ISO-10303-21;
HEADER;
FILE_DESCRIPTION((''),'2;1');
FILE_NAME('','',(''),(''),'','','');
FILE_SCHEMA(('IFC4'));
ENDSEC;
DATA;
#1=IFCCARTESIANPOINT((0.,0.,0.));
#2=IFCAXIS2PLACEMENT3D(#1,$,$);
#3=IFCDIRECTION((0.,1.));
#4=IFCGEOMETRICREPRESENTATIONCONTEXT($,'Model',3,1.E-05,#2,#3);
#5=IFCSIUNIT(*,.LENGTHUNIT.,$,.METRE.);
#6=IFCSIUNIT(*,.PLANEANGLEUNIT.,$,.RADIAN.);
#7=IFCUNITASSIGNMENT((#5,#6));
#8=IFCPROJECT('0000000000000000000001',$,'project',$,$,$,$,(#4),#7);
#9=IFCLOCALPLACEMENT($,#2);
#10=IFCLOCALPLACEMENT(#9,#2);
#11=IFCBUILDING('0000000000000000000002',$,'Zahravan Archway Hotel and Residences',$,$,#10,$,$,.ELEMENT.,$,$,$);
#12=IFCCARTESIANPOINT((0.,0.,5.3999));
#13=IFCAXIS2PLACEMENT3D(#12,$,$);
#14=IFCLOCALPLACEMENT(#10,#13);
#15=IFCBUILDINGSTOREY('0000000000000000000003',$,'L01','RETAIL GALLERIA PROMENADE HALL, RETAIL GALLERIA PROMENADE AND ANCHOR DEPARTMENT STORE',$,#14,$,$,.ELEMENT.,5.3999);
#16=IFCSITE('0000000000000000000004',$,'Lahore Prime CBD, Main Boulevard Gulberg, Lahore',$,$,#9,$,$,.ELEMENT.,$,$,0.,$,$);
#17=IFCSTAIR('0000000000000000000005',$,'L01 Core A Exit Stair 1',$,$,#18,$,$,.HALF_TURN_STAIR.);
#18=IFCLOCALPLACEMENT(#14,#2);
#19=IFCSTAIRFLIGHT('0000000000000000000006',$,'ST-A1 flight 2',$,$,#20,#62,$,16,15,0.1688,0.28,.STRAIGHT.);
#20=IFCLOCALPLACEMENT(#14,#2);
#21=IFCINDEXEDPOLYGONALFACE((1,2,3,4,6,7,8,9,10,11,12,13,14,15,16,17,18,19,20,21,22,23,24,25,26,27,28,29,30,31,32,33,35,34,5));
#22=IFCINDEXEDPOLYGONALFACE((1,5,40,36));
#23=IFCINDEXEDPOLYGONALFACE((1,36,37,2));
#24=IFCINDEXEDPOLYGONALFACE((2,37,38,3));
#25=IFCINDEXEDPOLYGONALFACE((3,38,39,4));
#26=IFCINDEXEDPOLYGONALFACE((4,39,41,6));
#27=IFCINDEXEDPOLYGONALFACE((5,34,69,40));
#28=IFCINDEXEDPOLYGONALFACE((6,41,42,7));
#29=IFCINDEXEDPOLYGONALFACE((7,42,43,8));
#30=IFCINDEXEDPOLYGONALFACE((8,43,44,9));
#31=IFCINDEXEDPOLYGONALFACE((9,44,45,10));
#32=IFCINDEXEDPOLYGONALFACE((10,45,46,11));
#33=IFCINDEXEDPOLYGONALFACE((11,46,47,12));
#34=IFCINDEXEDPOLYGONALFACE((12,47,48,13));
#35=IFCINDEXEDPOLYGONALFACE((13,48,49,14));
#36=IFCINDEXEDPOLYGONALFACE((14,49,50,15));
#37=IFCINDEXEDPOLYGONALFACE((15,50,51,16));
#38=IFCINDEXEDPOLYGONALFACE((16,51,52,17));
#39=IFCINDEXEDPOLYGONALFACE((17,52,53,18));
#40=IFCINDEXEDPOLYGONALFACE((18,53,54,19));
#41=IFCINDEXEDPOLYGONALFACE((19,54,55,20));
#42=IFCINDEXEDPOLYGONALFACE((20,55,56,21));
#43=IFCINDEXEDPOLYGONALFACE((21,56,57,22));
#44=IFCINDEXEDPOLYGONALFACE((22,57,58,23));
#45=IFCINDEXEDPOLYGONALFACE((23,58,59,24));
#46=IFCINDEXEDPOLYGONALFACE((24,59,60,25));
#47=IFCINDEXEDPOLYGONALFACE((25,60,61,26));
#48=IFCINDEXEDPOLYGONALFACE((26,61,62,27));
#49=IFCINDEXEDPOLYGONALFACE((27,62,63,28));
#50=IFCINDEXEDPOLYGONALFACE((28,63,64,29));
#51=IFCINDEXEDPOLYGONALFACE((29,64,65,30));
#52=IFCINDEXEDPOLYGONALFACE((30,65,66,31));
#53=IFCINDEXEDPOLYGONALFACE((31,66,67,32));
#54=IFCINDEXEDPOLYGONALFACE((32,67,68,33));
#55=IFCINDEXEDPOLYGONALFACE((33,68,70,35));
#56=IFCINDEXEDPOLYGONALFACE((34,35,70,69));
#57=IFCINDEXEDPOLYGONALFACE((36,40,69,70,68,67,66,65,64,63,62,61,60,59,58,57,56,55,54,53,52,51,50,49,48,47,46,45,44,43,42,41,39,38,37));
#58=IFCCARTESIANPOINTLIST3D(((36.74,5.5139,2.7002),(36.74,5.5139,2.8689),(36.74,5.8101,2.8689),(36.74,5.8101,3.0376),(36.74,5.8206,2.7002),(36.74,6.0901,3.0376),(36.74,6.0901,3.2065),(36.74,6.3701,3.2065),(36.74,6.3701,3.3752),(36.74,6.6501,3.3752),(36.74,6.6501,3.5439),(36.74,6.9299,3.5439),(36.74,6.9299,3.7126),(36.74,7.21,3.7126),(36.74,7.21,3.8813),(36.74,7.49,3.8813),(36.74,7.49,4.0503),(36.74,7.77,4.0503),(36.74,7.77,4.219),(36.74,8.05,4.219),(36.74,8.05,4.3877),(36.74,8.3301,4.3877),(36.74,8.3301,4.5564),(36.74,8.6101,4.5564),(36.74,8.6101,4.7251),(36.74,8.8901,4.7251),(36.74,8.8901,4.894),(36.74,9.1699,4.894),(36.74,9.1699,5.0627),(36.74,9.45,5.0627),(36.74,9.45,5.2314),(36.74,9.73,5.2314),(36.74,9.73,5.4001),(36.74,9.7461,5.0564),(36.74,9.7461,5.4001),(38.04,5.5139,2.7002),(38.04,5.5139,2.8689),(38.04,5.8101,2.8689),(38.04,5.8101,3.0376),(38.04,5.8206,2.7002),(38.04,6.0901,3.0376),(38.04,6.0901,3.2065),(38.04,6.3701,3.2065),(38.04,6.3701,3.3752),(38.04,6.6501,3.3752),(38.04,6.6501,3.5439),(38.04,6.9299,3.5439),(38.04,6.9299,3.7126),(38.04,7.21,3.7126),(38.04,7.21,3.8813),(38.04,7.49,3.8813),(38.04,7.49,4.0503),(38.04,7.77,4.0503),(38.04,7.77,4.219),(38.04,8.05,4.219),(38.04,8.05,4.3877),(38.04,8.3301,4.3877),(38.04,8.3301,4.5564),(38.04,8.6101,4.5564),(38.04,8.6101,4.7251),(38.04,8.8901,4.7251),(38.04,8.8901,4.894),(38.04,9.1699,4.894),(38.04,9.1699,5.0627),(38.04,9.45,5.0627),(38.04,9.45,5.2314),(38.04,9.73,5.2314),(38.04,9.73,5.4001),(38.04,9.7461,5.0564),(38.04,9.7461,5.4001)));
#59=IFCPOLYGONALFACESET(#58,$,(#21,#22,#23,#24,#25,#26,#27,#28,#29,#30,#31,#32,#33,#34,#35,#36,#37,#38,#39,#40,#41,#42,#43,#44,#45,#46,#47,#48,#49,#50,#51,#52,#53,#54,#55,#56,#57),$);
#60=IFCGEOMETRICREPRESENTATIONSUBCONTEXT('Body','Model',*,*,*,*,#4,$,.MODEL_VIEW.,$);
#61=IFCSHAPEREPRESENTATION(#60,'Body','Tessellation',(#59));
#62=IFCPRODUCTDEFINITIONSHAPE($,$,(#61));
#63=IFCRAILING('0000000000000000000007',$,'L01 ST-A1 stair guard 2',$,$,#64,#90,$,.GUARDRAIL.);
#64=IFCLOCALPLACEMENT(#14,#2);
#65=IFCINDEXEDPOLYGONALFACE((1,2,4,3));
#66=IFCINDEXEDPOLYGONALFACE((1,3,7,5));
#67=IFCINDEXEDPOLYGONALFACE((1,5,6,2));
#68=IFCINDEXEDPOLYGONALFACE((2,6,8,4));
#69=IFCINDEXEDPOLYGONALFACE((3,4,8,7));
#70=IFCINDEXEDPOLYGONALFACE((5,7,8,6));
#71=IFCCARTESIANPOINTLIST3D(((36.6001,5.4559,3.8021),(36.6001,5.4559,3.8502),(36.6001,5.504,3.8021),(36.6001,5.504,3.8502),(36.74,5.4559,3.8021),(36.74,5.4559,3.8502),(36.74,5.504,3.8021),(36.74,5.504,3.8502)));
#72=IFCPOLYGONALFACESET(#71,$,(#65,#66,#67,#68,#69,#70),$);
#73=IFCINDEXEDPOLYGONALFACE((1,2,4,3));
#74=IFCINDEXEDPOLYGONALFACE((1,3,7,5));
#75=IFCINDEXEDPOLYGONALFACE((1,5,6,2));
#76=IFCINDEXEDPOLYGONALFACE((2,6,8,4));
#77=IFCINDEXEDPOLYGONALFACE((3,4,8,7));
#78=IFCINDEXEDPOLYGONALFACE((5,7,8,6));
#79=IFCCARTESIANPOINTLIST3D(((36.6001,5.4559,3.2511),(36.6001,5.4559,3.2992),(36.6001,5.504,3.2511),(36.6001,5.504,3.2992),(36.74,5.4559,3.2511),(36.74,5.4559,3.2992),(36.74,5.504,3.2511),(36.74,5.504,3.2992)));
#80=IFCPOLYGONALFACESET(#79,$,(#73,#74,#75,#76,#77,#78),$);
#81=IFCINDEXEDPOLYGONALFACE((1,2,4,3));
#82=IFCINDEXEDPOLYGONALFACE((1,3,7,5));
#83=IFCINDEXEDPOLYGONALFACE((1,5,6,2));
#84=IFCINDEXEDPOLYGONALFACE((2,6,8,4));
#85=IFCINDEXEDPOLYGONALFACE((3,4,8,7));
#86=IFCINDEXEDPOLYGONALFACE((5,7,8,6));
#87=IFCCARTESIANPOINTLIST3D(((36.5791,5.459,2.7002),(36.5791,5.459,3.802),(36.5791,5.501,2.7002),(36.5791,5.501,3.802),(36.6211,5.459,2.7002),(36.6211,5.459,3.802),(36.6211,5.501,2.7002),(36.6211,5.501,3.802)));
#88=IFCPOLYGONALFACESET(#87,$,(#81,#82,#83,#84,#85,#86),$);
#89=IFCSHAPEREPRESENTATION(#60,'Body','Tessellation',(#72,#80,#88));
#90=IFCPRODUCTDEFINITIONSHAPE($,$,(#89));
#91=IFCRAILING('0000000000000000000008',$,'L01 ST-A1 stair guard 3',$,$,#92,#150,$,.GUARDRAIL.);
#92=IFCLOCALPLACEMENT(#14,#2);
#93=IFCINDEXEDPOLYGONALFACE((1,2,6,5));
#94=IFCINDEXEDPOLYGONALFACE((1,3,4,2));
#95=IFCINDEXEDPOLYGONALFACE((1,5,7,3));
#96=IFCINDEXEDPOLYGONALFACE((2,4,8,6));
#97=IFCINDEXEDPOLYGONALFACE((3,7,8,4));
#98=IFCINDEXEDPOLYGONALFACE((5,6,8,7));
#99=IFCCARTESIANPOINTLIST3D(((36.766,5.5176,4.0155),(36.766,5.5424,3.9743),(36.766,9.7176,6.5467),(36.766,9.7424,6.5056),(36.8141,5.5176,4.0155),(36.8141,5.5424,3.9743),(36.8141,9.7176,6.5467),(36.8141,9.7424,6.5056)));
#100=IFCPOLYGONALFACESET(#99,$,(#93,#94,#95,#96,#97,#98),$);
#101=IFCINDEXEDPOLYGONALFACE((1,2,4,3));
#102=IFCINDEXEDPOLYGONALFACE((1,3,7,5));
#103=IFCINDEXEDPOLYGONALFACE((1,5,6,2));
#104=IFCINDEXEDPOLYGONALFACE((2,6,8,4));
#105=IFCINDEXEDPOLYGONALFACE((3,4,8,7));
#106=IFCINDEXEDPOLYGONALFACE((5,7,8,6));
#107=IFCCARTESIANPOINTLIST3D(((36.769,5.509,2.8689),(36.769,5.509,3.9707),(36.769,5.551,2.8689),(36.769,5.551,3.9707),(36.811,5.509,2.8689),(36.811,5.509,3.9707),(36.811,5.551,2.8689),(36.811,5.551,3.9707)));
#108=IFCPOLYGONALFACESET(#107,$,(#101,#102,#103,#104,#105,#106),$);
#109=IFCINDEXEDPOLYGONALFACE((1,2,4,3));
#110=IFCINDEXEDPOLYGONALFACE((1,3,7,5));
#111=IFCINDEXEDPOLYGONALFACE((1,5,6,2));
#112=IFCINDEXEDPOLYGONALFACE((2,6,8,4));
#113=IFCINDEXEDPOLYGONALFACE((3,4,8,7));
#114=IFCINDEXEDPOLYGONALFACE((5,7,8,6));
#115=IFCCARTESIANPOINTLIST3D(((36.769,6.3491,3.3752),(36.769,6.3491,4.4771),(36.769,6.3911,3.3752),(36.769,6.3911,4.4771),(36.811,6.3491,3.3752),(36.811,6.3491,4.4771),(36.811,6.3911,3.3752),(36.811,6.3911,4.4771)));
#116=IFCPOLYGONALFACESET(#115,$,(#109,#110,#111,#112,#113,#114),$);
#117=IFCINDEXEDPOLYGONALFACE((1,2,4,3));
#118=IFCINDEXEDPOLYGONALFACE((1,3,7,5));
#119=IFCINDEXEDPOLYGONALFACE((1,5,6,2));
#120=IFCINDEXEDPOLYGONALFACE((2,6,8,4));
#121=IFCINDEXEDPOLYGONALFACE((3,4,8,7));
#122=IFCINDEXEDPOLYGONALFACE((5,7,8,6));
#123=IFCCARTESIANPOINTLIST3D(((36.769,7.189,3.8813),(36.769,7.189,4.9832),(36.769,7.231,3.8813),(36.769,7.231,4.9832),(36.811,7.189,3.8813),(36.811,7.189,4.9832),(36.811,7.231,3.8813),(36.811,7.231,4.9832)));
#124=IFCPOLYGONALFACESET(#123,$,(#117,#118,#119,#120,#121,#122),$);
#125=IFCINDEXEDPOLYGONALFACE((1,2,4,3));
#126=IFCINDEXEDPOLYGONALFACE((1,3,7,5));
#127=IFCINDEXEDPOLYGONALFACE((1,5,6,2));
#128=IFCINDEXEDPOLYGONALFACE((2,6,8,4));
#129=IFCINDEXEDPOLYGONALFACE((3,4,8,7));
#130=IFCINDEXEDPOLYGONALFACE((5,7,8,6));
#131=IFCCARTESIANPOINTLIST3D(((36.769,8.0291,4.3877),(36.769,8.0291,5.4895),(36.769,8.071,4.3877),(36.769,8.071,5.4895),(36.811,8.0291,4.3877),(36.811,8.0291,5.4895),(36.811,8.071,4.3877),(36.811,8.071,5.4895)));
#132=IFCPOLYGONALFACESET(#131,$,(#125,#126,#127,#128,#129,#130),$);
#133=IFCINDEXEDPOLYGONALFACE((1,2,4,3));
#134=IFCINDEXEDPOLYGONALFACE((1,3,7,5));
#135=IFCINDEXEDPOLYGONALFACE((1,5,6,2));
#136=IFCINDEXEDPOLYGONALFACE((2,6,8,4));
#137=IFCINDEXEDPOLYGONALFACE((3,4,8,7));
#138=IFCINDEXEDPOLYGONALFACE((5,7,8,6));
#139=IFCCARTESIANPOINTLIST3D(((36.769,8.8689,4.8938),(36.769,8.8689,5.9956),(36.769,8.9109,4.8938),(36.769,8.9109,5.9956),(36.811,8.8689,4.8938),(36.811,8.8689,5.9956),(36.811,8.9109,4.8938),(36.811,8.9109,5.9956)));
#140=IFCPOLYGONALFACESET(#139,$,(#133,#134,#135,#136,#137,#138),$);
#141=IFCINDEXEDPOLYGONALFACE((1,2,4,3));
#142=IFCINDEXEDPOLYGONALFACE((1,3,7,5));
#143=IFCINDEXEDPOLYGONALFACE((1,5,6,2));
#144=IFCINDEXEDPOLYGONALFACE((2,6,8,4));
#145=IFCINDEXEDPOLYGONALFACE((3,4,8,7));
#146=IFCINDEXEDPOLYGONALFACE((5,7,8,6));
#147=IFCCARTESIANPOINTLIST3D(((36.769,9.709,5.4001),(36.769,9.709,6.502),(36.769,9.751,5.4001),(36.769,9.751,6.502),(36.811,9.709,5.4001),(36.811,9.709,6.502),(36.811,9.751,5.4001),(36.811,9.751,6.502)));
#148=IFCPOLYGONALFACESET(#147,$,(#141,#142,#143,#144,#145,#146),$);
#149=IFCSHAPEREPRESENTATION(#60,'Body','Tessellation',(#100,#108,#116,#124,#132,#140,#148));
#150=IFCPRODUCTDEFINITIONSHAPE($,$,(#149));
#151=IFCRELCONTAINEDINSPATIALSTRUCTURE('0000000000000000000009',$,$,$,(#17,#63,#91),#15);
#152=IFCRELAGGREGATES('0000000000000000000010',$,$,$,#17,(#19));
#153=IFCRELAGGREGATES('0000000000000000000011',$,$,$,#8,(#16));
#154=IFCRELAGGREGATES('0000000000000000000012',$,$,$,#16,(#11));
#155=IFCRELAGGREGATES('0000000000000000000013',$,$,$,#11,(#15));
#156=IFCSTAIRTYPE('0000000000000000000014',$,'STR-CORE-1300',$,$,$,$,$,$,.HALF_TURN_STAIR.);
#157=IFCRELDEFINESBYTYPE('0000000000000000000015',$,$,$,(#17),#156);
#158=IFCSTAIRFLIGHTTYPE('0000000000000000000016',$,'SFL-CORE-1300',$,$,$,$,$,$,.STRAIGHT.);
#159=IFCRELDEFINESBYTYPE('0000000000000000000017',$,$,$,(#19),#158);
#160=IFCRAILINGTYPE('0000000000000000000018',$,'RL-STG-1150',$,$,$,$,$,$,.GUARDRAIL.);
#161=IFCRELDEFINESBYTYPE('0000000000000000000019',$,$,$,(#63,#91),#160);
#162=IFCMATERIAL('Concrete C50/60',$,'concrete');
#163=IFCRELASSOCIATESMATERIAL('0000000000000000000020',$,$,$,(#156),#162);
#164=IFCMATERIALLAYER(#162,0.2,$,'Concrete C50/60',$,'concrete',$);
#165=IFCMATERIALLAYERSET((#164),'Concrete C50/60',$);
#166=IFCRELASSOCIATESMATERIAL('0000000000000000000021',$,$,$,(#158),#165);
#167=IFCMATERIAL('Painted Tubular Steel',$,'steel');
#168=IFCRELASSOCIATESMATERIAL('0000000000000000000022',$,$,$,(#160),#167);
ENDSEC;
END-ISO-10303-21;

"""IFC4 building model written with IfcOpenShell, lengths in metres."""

from ifc_helpers import new_model, si_unit, direction, frame, origin, origin_2d, place, context, subcontext, project, spatial, polyline, rectangle, outline, extrude, source, transform, mapped, material, layer, layer_set, type_object, element, aggregate, save


model = new_model("IFC4")

# Units and contexts
model_context = context("Model", 3, precision=1e-05, world=origin(), true_north=direction((0.0, 1.0)))
body_context = subcontext(model_context, "Body", "Model", "MODEL_VIEW")
ifc_project = project(units=[si_unit("LENGTHUNIT", "METRE"), si_unit("PLANEANGLEUNIT", "RADIAN")], contexts=[model_context])

# Site, building, storey
site_placement = place(None, origin())
site = spatial("IfcSite", under=ifc_project, at=site_placement, Name="Lahore Prime CBD, Main Boulevard Gulberg, Lahore", CompositionType="ELEMENT", RefElevation=0.0)
building_placement = place(site_placement, origin())
building = spatial("IfcBuilding", under=site, at=building_placement, Name="Zahravan Archway Hotel and Residences", CompositionType="ELEMENT")
storey_placement = place(building_placement, frame((0.0, 0.0, 5.3999)))
storey = spatial("IfcBuildingStorey", under=building, at=storey_placement, Name="L01", Description="RETAIL GALLERIA PROMENADE HALL, RETAIL GALLERIA PROMENADE AND ANCHOR DEPARTMENT STORE", CompositionType="ELEMENT", Elevation=5.3999)

# Shared definitions
ifc_material_1 = material(Name="Concrete C50/60", Category="concrete")

# Stair, stair flight
stair_type = type_object("IfcStairType", Name="STR-CORE-1300", PredefinedType="HALF_TURN_STAIR", material=ifc_material_1)
stair_placement = place(storey_placement, origin())
stair = element("IfcStair", 1, at=stair_placement, inside=storey, type_object=stair_type, Name="L01 Core A Exit Stair 1", PredefinedType="HALF_TURN_STAIR")
ifc_layer_1 = layer(ifc_material_1, 0.2, Name="Concrete C50/60", Category="concrete")
ifc_layer_set_1 = layer_set([ifc_layer_1], Name="Concrete C50/60")
stair_flight_type = type_object("IfcStairFlightType", Name="SFL-CORE-1300", PredefinedType="STRAIGHT", material=ifc_layer_set_1)
shared_shape_1 = source(origin(), body_context, "Body", "SweptSolid", [
    extrude(outline(polyline([(-0.0161, 0.0), (-0.0161, 0.1687), (0.28, 0.1687), (0.28, 0.3374), (0.5601, 0.3374), (0.5601, 0.5063), (0.8401, 0.5063), (0.8401, 0.675), (1.1201, 0.675), (1.1201, 0.8438), (1.3999, 0.8438), (1.3999, 1.0125), (1.6799, 1.0125), (1.6799, 1.1812), (1.96, 1.1812), (1.96, 1.3501), (2.24, 1.3501), (2.24, 1.5188), (2.52, 1.5188), (2.52, 1.6875), (2.8, 1.6875), (2.8, 1.8562), (3.0801, 1.8562), (3.0801, 2.0249), (3.3601, 2.0249), (3.3601, 2.1938), (3.6399, 2.1938), (3.6399, 2.3625), (3.9199, 2.3625), (3.9199, 2.5312), (4.2, 2.5312), (4.2, 2.7), (4.2161, 2.7), (4.2161, 2.3562), (0.2905, 0.0), (-0.0161, 0.0)])), frame((0.0, 0.6499, 0.0), z_axis=(0.0, -1.0, 0.0), x_axis=(1.0, 0.0, 0.0)), (0.0, 0.0, 1.0), 1.3),
])
stair_flight_placement = place(storey_placement, frame((37.3899, 5.53, 2.7002), z_axis=(0.0, 0.0, 1.0), x_axis=(0.0, 1.0, 0.0)))
stair_flight = element("IfcStairFlight", 2, at=stair_flight_placement, type_object=stair_flight_type, Name="ST-A1 flight 2", NumberOfRisers=16, NumberOfTreads=15, PredefinedType="STRAIGHT", RiserHeight=0.1688, TreadLength=0.28, context=body_context, shape_type="MappedRepresentation", body=[
    mapped(shared_shape_1, transform((0.0, 0.0, 0.0), scale=1.0)),
])
aggregate(stair, [stair_flight])

# Railings
ifc_material_2 = material(Name="Painted Tubular Steel", Category="steel")
railing_type = type_object("IfcRailingType", Name="RL-STG-1150", PredefinedType="GUARDRAIL", material=ifc_material_2)
railing_1_placement = place(storey_placement, frame((36.6001, 5.48, 2.7002)))
element("IfcRailing", 3, at=railing_1_placement, inside=storey, type_object=railing_type, Name="L01 ST-A1 stair guard 2", PredefinedType="GUARDRAIL", context=body_context, shape_type="SweptSolid", body=[
    extrude(rectangle(XDim=0.0481, YDim=0.0481, at=origin_2d()), frame((0.0, 0.0, 1.126), z_axis=(1.0, 0.0, 0.0), x_axis=(0.0, 1.0, 0.0)), (0.0, 0.0, 1.0), 0.1399),
    extrude(rectangle(XDim=0.0481, YDim=0.0481, at=origin_2d()), frame((0.0, 0.0, 0.575), z_axis=(1.0, 0.0, 0.0), x_axis=(0.0, 1.0, 0.0)), (0.0, 0.0, 1.0), 0.1399),
    extrude(rectangle(XDim=0.042, YDim=0.042, at=origin_2d()), origin(), (0.0, 0.0, 1.0), 1.1018),
])
railing_2_placement = place(storey_placement, frame((36.79, 5.53, 2.8689)))
element("IfcRailing", 4, at=railing_2_placement, inside=storey, type_object=railing_type, Name="L01 ST-A1 stair guard 3", PredefinedType="GUARDRAIL", context=body_context, shape_type="SweptSolid", body=[
    extrude(rectangle(XDim=0.0481, YDim=0.0481, at=origin_2d()), frame((0.0, 0.0, 1.126), z_axis=(0.0, 0.856476, 0.516186), x_axis=(-1.0, 0.0, 0.0)), (0.0, 0.0, 1.0), 4.9038),
    extrude(rectangle(XDim=0.042, YDim=0.042, at=origin_2d()), origin(), (0.0, 0.0, 1.0), 1.1018),
    extrude(rectangle(XDim=0.042, YDim=0.042, at=origin_2d()), frame((0.0, 0.8401, 0.5063)), (0.0, 0.0, 1.0), 1.1018),
    extrude(rectangle(XDim=0.042, YDim=0.042, at=origin_2d()), frame((0.0, 1.6799, 1.0125)), (0.0, 0.0, 1.0), 1.1018),
    extrude(rectangle(XDim=0.042, YDim=0.042, at=origin_2d()), frame((0.0, 2.52, 1.5188)), (0.0, 0.0, 1.0), 1.1018),
    extrude(rectangle(XDim=0.042, YDim=0.042, at=origin_2d()), frame((0.0, 3.3599, 2.0249)), (0.0, 0.0, 1.0), 1.1018),
    extrude(rectangle(XDim=0.042, YDim=0.042, at=origin_2d()), frame((0.0, 4.2, 2.5312)), (0.0, 0.0, 1.0), 1.1018),
])

save(model, "model.ifc")
